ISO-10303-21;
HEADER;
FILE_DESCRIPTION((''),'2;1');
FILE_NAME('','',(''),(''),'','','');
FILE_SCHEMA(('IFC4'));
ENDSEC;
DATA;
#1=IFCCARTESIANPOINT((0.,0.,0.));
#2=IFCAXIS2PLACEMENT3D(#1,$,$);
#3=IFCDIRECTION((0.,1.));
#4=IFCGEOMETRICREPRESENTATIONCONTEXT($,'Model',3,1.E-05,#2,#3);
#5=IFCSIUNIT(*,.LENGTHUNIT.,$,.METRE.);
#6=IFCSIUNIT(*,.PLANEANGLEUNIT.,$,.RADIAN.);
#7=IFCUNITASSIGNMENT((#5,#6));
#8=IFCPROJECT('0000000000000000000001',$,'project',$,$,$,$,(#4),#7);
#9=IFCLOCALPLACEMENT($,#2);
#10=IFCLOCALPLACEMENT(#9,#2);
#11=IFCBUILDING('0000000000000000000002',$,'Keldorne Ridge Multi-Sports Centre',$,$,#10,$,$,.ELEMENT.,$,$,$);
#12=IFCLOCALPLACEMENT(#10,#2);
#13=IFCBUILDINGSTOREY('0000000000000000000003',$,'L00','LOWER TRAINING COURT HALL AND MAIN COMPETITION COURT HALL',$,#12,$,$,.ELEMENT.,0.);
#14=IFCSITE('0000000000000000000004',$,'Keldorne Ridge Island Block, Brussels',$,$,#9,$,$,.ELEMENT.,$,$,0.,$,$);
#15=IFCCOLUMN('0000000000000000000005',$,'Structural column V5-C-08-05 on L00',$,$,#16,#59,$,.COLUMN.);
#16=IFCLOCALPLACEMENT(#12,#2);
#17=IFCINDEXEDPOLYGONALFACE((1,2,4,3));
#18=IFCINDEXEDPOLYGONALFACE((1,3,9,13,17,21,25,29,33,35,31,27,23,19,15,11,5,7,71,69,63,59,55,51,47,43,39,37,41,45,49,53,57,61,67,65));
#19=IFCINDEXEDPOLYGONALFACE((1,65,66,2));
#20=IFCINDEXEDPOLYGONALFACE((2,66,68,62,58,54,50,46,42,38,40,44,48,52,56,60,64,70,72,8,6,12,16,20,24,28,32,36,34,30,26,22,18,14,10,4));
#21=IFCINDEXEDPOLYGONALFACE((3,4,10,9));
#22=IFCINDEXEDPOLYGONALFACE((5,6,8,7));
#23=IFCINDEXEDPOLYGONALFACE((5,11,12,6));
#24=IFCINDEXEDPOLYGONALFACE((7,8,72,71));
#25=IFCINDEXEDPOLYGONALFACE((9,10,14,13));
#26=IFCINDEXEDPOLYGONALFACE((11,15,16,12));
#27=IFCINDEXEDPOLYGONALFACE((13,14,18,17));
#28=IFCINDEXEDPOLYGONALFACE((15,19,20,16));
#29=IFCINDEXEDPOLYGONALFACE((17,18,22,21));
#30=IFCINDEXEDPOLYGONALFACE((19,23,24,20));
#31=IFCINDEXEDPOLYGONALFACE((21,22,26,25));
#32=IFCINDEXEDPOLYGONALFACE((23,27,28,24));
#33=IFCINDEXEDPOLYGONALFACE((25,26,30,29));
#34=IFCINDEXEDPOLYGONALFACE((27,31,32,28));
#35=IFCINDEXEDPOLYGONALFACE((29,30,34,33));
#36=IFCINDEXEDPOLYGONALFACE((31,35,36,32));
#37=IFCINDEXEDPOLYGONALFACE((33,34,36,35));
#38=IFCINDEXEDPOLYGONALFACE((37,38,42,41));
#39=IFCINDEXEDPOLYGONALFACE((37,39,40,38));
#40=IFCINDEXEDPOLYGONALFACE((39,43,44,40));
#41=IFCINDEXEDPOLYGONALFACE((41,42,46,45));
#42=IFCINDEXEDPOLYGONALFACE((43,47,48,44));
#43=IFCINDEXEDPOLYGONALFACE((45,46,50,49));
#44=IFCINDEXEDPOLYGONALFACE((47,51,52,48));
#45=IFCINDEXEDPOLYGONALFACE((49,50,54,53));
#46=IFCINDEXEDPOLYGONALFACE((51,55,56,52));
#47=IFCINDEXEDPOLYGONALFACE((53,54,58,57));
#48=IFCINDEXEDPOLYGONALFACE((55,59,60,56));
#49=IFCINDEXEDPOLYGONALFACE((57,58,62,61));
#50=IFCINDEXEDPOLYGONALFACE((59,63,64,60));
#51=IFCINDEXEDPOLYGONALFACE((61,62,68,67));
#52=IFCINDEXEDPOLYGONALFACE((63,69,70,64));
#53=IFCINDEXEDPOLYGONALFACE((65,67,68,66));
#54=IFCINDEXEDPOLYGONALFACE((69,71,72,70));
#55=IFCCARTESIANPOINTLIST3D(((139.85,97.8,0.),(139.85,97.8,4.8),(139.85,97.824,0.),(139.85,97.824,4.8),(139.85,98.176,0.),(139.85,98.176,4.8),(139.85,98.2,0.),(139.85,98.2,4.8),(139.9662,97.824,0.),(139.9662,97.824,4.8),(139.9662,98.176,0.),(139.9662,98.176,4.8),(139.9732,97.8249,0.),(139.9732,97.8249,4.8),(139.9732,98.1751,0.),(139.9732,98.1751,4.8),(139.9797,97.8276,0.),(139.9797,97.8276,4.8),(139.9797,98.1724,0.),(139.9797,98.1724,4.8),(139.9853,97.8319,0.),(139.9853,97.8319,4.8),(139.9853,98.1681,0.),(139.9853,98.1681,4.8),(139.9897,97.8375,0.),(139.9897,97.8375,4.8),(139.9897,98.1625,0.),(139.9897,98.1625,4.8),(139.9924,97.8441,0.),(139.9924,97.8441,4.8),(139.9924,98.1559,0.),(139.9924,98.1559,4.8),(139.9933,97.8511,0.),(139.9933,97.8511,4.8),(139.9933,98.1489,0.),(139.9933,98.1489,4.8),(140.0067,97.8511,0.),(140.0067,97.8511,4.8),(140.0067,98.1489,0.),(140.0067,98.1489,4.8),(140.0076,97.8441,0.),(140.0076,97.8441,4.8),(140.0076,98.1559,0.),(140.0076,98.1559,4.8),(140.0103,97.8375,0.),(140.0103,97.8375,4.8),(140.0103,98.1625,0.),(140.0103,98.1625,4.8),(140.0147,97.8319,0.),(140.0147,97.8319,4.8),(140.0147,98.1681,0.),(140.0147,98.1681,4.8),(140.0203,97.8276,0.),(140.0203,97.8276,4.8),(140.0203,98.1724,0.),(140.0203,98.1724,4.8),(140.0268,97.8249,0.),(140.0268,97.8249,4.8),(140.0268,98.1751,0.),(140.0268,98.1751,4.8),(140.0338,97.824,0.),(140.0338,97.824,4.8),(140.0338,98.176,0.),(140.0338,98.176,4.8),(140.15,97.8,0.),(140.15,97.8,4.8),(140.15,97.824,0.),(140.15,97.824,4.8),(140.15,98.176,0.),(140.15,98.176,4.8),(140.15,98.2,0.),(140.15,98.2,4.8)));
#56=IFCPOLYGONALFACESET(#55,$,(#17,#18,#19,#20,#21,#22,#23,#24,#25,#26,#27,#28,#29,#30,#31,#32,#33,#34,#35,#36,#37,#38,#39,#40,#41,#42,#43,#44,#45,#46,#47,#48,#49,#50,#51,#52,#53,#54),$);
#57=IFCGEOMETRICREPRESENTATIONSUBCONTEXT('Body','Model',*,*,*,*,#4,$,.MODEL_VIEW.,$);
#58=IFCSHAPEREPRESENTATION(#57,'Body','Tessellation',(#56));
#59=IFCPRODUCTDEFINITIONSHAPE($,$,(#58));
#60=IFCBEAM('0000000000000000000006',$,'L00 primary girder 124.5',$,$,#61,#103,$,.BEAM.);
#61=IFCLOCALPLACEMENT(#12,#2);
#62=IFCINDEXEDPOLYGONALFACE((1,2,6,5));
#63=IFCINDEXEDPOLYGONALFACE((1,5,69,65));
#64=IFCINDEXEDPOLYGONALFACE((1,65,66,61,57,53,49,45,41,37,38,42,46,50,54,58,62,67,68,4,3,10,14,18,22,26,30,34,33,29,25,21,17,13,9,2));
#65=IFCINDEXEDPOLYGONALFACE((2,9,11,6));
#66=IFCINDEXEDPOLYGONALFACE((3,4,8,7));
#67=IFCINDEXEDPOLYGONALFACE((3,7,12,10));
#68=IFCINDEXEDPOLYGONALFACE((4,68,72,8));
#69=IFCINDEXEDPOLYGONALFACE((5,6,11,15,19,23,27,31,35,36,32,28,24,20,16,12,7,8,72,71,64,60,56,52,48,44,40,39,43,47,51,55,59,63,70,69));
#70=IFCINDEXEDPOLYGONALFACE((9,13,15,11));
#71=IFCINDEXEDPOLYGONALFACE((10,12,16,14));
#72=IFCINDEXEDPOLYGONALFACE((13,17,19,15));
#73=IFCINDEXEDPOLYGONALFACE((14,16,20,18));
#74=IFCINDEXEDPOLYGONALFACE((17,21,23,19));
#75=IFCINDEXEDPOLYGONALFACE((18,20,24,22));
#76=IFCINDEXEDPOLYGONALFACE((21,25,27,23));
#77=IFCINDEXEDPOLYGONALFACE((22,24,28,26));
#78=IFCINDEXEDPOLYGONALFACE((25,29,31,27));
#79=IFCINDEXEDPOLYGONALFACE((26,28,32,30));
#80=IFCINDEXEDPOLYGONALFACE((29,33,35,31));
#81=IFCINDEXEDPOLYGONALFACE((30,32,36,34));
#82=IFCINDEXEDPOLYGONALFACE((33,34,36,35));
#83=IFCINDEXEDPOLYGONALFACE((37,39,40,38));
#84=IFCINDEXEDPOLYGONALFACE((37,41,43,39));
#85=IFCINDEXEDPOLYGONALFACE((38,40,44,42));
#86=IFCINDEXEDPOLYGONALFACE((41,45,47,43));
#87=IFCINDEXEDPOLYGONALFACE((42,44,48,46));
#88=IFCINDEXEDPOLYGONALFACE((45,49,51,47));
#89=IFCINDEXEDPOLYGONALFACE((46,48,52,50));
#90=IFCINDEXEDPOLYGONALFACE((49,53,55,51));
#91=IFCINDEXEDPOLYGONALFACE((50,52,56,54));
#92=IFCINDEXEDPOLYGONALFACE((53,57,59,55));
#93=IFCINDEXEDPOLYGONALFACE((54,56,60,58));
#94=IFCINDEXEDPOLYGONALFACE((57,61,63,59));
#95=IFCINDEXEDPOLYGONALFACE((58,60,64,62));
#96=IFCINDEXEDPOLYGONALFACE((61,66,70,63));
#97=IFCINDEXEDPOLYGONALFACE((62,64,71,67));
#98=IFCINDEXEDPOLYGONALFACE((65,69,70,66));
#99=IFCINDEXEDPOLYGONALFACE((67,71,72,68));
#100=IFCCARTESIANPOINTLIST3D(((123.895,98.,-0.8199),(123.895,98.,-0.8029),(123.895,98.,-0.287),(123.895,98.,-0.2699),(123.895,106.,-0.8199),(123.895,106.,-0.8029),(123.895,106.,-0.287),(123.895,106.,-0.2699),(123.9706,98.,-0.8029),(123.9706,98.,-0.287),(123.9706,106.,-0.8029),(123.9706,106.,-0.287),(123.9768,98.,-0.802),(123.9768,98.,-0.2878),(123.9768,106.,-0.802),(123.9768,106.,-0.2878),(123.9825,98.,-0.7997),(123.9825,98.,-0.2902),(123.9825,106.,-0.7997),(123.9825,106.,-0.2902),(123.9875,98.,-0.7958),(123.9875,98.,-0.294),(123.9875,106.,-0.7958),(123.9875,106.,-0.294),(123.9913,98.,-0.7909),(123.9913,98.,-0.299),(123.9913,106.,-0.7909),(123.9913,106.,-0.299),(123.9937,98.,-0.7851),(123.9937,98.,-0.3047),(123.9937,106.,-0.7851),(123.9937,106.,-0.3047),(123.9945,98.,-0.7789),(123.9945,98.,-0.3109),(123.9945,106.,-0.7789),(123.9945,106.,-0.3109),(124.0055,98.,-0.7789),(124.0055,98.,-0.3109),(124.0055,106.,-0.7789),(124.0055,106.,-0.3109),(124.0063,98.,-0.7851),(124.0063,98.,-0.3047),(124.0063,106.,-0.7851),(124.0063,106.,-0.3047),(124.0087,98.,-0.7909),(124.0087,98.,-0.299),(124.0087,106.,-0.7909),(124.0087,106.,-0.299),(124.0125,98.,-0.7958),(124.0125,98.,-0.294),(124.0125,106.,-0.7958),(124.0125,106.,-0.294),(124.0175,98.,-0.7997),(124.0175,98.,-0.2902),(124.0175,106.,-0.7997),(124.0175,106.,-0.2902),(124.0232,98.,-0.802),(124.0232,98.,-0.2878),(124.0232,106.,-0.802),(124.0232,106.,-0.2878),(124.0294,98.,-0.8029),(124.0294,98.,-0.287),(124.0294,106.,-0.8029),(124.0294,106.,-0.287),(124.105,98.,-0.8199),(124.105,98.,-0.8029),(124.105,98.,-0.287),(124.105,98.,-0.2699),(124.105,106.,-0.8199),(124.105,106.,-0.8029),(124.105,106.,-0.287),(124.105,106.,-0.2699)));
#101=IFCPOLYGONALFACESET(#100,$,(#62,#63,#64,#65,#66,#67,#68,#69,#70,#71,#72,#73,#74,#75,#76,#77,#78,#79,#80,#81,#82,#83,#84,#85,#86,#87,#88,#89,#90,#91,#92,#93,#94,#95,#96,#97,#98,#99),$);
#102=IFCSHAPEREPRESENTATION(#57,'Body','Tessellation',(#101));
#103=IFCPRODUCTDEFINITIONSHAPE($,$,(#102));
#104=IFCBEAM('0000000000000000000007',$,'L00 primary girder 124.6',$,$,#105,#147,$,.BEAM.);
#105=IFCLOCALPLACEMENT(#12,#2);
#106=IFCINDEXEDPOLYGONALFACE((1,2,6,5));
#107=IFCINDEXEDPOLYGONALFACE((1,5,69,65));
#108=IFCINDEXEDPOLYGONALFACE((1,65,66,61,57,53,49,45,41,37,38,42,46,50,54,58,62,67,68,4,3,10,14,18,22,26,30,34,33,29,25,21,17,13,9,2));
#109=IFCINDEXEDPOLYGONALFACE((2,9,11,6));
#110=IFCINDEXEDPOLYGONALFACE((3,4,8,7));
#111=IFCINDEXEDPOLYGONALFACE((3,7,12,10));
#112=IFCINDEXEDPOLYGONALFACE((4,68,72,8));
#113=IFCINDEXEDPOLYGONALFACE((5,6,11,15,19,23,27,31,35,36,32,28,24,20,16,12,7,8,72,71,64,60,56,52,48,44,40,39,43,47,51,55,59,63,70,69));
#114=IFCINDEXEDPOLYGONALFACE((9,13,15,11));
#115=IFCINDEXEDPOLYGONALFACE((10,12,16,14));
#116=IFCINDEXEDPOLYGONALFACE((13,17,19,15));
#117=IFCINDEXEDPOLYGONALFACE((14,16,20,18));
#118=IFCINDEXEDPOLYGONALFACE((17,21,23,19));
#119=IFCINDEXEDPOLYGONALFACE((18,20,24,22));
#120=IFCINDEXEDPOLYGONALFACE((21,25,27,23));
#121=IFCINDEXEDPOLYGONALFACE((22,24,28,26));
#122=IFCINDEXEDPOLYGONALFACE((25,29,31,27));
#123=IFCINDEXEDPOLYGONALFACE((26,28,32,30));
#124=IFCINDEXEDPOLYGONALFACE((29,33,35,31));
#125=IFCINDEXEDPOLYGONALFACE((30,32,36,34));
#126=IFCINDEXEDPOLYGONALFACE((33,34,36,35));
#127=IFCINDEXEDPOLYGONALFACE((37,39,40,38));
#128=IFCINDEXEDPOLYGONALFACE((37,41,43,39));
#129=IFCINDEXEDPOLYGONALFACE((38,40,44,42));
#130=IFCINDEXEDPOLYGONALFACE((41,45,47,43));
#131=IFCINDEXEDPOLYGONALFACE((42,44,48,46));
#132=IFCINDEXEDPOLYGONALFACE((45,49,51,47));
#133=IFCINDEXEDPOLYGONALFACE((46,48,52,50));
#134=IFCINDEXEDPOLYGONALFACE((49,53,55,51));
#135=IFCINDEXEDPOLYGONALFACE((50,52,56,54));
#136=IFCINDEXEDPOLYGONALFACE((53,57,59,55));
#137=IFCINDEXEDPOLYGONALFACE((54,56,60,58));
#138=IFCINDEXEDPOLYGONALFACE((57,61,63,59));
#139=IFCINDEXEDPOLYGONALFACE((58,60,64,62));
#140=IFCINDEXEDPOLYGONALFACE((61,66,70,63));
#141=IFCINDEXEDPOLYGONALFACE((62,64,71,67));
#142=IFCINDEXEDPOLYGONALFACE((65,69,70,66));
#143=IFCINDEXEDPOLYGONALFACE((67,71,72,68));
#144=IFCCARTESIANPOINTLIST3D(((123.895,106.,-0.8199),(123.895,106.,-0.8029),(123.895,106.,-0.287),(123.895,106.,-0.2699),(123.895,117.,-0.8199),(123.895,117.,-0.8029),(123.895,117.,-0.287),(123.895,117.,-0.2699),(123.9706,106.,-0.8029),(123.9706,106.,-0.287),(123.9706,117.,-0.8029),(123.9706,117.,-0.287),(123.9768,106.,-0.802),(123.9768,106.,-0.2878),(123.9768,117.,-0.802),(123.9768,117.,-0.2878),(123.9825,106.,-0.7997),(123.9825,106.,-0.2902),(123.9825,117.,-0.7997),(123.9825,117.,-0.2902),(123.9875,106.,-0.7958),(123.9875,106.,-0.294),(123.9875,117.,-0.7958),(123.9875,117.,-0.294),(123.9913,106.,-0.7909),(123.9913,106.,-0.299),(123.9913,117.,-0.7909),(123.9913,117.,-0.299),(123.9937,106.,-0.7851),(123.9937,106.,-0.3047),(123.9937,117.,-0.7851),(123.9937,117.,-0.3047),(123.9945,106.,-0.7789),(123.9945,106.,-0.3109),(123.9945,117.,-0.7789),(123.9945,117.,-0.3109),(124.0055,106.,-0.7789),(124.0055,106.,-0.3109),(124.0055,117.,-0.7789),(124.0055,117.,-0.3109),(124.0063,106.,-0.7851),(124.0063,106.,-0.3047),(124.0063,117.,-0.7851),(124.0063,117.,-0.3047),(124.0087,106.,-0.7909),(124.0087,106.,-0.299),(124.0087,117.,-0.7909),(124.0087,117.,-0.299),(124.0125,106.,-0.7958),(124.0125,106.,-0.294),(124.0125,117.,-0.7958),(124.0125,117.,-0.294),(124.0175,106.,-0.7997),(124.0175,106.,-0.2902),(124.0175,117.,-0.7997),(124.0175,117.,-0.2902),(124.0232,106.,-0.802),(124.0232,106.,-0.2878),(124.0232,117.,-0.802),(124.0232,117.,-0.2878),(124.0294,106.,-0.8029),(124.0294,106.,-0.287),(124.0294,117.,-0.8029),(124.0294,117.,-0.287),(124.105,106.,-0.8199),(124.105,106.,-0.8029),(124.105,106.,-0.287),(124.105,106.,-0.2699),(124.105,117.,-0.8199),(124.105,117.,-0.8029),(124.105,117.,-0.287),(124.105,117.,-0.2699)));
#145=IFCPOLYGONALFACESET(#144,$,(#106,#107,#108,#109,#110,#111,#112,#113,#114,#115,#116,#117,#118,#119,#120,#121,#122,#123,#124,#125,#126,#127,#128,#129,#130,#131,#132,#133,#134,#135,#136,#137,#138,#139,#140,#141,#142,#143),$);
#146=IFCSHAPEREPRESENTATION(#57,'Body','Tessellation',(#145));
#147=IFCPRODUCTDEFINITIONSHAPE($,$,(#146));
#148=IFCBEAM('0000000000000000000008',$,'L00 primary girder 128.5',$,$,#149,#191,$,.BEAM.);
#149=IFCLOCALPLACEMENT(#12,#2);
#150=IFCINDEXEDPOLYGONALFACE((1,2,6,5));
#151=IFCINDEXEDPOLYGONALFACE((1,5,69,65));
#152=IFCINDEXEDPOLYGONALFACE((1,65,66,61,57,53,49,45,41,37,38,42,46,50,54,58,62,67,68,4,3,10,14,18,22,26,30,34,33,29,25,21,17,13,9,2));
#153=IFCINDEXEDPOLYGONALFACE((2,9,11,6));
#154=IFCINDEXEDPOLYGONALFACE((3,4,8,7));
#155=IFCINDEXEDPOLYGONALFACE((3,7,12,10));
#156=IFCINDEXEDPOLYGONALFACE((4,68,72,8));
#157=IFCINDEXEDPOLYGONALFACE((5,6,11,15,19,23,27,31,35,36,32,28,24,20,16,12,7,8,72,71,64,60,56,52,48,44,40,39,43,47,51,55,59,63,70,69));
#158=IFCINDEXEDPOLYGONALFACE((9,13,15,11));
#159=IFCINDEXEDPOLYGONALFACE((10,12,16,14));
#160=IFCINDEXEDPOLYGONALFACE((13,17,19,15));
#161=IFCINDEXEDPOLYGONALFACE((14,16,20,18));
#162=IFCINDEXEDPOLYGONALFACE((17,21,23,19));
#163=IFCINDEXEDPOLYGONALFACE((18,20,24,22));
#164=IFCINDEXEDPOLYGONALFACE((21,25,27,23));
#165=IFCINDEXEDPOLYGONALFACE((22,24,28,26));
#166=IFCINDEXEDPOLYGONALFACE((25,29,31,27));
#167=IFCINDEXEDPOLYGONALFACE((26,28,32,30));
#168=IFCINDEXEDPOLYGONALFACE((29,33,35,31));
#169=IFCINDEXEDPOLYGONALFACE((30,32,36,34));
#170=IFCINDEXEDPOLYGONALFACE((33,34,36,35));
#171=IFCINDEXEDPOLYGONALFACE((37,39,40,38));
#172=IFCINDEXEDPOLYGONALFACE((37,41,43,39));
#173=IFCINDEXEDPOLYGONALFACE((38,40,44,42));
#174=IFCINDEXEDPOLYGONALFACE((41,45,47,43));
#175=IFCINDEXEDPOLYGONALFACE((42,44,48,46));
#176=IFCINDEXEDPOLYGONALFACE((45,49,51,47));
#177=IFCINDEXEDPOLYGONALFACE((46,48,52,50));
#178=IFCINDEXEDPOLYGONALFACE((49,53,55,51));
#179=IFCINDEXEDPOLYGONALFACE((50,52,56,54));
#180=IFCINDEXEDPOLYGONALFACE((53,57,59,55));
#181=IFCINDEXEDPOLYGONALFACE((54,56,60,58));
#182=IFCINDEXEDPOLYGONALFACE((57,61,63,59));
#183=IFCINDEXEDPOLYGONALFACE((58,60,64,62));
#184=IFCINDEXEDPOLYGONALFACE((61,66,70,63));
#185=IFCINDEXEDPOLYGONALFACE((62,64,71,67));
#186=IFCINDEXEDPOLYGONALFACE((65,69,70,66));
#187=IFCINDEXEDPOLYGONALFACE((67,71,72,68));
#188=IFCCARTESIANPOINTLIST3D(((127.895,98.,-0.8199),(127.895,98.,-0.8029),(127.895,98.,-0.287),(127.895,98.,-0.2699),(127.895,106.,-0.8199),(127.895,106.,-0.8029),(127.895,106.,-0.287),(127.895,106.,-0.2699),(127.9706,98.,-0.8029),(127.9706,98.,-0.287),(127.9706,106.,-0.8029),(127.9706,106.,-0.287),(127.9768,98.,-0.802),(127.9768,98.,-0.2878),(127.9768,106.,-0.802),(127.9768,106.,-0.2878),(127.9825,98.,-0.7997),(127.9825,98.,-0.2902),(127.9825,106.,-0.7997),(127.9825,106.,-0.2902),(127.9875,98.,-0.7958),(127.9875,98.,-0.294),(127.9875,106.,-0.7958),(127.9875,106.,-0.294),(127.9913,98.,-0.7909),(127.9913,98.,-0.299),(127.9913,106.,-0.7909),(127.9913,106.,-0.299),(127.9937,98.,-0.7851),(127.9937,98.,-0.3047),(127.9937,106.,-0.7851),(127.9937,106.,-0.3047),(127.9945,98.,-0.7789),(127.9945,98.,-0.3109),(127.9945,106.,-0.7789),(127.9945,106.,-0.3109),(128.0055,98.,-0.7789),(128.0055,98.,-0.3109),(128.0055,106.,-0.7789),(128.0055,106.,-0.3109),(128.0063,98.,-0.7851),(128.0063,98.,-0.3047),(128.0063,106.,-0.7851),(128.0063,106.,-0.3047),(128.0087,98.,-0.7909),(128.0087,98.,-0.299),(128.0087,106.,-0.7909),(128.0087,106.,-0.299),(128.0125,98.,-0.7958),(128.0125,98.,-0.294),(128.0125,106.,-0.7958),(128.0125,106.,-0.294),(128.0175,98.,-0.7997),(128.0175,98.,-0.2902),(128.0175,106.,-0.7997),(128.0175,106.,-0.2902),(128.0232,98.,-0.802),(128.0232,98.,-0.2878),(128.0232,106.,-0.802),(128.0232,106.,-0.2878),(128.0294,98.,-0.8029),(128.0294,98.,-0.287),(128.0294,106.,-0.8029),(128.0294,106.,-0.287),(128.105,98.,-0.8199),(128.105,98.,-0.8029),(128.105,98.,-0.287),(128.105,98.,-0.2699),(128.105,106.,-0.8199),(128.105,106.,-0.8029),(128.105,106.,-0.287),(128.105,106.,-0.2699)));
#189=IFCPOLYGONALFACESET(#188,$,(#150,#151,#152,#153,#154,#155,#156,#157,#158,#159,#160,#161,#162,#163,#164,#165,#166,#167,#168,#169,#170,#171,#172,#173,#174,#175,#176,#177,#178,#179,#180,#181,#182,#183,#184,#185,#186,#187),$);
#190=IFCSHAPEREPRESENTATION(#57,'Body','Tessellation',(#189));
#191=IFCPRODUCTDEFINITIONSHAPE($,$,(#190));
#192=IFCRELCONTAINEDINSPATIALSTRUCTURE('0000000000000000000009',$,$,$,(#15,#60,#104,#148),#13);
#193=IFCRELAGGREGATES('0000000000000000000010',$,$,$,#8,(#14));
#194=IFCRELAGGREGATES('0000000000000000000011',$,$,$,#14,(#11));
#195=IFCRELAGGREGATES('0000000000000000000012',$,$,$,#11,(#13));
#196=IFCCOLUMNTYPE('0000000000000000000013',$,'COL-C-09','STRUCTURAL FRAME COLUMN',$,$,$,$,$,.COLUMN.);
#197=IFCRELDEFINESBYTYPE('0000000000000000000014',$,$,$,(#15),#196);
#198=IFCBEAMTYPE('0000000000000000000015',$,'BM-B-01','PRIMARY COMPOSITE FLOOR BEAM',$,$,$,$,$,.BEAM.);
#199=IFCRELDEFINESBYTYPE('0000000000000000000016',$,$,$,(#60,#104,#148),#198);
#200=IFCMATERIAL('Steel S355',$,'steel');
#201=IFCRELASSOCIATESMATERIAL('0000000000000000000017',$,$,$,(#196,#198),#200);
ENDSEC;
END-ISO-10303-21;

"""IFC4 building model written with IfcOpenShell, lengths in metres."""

from ifc_helpers import new_model, si_unit, direction, frame, origin, origin_2d, place, context, subcontext, project, spatial, i_section, extrude, material, material_profile, profile_set, type_object, element, save


model = new_model("IFC4")

# Units and contexts
model_context = context("Model", 3, precision=1e-05, world=origin(), true_north=direction((0.0, 1.0)))
body_context = subcontext(model_context, "Body", "Model", "MODEL_VIEW")
ifc_project = project(units=[si_unit("LENGTHUNIT", "METRE"), si_unit("PLANEANGLEUNIT", "RADIAN")], contexts=[model_context])

# Site, building, storey
site_placement = place(None, origin())
site = spatial("IfcSite", under=ifc_project, at=site_placement, Name="Keldorne Ridge Island Block, Brussels", CompositionType="ELEMENT", RefElevation=0.0)
building_placement = place(site_placement, origin())
building = spatial("IfcBuilding", under=site, at=building_placement, Name="Keldorne Ridge Multi-Sports Centre", CompositionType="ELEMENT")
storey_placement = place(building_placement, origin())
storey = spatial("IfcBuildingStorey", under=building, at=storey_placement, Name="L00", Description="LOWER TRAINING COURT HALL AND MAIN COMPETITION COURT HALL", CompositionType="ELEMENT", Elevation=0.0)

# Column
ifc_material_1 = material(Name="Steel S355", Category="steel")
ifc_material_profile_1 = material_profile(ifc_material_1, i_section(OverallWidth=0.3, OverallDepth=0.3999, WebThickness=0.0134, FlangeThickness=0.0239, FilletRadius=0.0271, at=origin_2d()), Name="HEB 400")
ifc_profile_set_1 = profile_set([ifc_material_profile_1], Name="Steel S355")
column_type = type_object("IfcColumnType", Name="COL-C-09", Description="STRUCTURAL FRAME COLUMN", PredefinedType="COLUMN", material=ifc_profile_set_1)
for number, where, z_axis, x_axis, name in (
    (1, (140.0, 98.0, 0.0), (0.0, 0.0, 1.0), (1.0, 0.0, 0.0), "Structural column V5-C-08-05 on L00"),
):
    element("IfcColumn", number, at=place(storey_placement, frame(where, z_axis=z_axis, x_axis=x_axis)), inside=storey, type_object=column_type, Name=name, PredefinedType="COLUMN", context=body_context, shape_type="SweptSolid", body=[
        extrude(i_section(OverallWidth=0.3, OverallDepth=0.3999, WebThickness=0.0134, FlangeThickness=0.0239, FilletRadius=0.0271, at=origin_2d()), origin(), (0.0, 0.0, 1.0), 4.8),
    ])

# Beams
ifc_material_profile_2 = material_profile(ifc_material_1, i_section(OverallWidth=0.21, OverallDepth=0.55, WebThickness=0.011, FlangeThickness=0.0171, FilletRadius=0.0239, at=origin_2d()), Name="IPE 550")
ifc_profile_set_2 = profile_set([ifc_material_profile_2], Name="Steel S355")
beam_type_1 = type_object("IfcBeamType", Name="BM-B-01", Description="PRIMARY COMPOSITE FLOOR BEAM", PredefinedType="BEAM", material=ifc_profile_set_2)
beam_1_placement = place(storey_placement, frame((124.0, 98.0, -0.5449), z_axis=(0.0, 1.0, 0.0), x_axis=(-1.0, 0.0, 0.0)))
element("IfcBeam", 2, at=beam_1_placement, inside=storey, type_object=beam_type_1, Name="L00 primary girder 124.5", PredefinedType="BEAM", context=body_context, shape_type="SweptSolid", body=[
    extrude(i_section(OverallWidth=0.21, OverallDepth=0.55, WebThickness=0.011, FlangeThickness=0.0171, FilletRadius=0.0239, at=origin_2d()), origin(), (0.0, 0.0, 1.0), 8.0),
])
beam_2_placement = place(storey_placement, frame((124.0, 106.0, -0.5449), z_axis=(0.0, 1.0, 0.0), x_axis=(-1.0, 0.0, 0.0)))
element("IfcBeam", 3, at=beam_2_placement, inside=storey, type_object=beam_type_1, Name="L00 primary girder 124.6", PredefinedType="BEAM", context=body_context, shape_type="SweptSolid", body=[
    extrude(i_section(OverallWidth=0.21, OverallDepth=0.55, WebThickness=0.011, FlangeThickness=0.0171, FilletRadius=0.0239, at=origin_2d()), origin(), (0.0, 0.0, 1.0), 11.0),
])
beam_3_placement = place(storey_placement, frame((128.0, 98.0, -0.5449), z_axis=(0.0, 1.0, 0.0), x_axis=(-1.0, 0.0, 0.0)))
element("IfcBeam", 4, at=beam_3_placement, inside=storey, type_object=beam_type_1, Name="L00 primary girder 128.5", PredefinedType="BEAM", context=body_context, shape_type="SweptSolid", body=[
    extrude(i_section(OverallWidth=0.21, OverallDepth=0.55, WebThickness=0.011, FlangeThickness=0.0171, FilletRadius=0.0239, at=origin_2d()), origin(), (0.0, 0.0, 1.0), 8.0),
])

save(model, "model.ifc")
